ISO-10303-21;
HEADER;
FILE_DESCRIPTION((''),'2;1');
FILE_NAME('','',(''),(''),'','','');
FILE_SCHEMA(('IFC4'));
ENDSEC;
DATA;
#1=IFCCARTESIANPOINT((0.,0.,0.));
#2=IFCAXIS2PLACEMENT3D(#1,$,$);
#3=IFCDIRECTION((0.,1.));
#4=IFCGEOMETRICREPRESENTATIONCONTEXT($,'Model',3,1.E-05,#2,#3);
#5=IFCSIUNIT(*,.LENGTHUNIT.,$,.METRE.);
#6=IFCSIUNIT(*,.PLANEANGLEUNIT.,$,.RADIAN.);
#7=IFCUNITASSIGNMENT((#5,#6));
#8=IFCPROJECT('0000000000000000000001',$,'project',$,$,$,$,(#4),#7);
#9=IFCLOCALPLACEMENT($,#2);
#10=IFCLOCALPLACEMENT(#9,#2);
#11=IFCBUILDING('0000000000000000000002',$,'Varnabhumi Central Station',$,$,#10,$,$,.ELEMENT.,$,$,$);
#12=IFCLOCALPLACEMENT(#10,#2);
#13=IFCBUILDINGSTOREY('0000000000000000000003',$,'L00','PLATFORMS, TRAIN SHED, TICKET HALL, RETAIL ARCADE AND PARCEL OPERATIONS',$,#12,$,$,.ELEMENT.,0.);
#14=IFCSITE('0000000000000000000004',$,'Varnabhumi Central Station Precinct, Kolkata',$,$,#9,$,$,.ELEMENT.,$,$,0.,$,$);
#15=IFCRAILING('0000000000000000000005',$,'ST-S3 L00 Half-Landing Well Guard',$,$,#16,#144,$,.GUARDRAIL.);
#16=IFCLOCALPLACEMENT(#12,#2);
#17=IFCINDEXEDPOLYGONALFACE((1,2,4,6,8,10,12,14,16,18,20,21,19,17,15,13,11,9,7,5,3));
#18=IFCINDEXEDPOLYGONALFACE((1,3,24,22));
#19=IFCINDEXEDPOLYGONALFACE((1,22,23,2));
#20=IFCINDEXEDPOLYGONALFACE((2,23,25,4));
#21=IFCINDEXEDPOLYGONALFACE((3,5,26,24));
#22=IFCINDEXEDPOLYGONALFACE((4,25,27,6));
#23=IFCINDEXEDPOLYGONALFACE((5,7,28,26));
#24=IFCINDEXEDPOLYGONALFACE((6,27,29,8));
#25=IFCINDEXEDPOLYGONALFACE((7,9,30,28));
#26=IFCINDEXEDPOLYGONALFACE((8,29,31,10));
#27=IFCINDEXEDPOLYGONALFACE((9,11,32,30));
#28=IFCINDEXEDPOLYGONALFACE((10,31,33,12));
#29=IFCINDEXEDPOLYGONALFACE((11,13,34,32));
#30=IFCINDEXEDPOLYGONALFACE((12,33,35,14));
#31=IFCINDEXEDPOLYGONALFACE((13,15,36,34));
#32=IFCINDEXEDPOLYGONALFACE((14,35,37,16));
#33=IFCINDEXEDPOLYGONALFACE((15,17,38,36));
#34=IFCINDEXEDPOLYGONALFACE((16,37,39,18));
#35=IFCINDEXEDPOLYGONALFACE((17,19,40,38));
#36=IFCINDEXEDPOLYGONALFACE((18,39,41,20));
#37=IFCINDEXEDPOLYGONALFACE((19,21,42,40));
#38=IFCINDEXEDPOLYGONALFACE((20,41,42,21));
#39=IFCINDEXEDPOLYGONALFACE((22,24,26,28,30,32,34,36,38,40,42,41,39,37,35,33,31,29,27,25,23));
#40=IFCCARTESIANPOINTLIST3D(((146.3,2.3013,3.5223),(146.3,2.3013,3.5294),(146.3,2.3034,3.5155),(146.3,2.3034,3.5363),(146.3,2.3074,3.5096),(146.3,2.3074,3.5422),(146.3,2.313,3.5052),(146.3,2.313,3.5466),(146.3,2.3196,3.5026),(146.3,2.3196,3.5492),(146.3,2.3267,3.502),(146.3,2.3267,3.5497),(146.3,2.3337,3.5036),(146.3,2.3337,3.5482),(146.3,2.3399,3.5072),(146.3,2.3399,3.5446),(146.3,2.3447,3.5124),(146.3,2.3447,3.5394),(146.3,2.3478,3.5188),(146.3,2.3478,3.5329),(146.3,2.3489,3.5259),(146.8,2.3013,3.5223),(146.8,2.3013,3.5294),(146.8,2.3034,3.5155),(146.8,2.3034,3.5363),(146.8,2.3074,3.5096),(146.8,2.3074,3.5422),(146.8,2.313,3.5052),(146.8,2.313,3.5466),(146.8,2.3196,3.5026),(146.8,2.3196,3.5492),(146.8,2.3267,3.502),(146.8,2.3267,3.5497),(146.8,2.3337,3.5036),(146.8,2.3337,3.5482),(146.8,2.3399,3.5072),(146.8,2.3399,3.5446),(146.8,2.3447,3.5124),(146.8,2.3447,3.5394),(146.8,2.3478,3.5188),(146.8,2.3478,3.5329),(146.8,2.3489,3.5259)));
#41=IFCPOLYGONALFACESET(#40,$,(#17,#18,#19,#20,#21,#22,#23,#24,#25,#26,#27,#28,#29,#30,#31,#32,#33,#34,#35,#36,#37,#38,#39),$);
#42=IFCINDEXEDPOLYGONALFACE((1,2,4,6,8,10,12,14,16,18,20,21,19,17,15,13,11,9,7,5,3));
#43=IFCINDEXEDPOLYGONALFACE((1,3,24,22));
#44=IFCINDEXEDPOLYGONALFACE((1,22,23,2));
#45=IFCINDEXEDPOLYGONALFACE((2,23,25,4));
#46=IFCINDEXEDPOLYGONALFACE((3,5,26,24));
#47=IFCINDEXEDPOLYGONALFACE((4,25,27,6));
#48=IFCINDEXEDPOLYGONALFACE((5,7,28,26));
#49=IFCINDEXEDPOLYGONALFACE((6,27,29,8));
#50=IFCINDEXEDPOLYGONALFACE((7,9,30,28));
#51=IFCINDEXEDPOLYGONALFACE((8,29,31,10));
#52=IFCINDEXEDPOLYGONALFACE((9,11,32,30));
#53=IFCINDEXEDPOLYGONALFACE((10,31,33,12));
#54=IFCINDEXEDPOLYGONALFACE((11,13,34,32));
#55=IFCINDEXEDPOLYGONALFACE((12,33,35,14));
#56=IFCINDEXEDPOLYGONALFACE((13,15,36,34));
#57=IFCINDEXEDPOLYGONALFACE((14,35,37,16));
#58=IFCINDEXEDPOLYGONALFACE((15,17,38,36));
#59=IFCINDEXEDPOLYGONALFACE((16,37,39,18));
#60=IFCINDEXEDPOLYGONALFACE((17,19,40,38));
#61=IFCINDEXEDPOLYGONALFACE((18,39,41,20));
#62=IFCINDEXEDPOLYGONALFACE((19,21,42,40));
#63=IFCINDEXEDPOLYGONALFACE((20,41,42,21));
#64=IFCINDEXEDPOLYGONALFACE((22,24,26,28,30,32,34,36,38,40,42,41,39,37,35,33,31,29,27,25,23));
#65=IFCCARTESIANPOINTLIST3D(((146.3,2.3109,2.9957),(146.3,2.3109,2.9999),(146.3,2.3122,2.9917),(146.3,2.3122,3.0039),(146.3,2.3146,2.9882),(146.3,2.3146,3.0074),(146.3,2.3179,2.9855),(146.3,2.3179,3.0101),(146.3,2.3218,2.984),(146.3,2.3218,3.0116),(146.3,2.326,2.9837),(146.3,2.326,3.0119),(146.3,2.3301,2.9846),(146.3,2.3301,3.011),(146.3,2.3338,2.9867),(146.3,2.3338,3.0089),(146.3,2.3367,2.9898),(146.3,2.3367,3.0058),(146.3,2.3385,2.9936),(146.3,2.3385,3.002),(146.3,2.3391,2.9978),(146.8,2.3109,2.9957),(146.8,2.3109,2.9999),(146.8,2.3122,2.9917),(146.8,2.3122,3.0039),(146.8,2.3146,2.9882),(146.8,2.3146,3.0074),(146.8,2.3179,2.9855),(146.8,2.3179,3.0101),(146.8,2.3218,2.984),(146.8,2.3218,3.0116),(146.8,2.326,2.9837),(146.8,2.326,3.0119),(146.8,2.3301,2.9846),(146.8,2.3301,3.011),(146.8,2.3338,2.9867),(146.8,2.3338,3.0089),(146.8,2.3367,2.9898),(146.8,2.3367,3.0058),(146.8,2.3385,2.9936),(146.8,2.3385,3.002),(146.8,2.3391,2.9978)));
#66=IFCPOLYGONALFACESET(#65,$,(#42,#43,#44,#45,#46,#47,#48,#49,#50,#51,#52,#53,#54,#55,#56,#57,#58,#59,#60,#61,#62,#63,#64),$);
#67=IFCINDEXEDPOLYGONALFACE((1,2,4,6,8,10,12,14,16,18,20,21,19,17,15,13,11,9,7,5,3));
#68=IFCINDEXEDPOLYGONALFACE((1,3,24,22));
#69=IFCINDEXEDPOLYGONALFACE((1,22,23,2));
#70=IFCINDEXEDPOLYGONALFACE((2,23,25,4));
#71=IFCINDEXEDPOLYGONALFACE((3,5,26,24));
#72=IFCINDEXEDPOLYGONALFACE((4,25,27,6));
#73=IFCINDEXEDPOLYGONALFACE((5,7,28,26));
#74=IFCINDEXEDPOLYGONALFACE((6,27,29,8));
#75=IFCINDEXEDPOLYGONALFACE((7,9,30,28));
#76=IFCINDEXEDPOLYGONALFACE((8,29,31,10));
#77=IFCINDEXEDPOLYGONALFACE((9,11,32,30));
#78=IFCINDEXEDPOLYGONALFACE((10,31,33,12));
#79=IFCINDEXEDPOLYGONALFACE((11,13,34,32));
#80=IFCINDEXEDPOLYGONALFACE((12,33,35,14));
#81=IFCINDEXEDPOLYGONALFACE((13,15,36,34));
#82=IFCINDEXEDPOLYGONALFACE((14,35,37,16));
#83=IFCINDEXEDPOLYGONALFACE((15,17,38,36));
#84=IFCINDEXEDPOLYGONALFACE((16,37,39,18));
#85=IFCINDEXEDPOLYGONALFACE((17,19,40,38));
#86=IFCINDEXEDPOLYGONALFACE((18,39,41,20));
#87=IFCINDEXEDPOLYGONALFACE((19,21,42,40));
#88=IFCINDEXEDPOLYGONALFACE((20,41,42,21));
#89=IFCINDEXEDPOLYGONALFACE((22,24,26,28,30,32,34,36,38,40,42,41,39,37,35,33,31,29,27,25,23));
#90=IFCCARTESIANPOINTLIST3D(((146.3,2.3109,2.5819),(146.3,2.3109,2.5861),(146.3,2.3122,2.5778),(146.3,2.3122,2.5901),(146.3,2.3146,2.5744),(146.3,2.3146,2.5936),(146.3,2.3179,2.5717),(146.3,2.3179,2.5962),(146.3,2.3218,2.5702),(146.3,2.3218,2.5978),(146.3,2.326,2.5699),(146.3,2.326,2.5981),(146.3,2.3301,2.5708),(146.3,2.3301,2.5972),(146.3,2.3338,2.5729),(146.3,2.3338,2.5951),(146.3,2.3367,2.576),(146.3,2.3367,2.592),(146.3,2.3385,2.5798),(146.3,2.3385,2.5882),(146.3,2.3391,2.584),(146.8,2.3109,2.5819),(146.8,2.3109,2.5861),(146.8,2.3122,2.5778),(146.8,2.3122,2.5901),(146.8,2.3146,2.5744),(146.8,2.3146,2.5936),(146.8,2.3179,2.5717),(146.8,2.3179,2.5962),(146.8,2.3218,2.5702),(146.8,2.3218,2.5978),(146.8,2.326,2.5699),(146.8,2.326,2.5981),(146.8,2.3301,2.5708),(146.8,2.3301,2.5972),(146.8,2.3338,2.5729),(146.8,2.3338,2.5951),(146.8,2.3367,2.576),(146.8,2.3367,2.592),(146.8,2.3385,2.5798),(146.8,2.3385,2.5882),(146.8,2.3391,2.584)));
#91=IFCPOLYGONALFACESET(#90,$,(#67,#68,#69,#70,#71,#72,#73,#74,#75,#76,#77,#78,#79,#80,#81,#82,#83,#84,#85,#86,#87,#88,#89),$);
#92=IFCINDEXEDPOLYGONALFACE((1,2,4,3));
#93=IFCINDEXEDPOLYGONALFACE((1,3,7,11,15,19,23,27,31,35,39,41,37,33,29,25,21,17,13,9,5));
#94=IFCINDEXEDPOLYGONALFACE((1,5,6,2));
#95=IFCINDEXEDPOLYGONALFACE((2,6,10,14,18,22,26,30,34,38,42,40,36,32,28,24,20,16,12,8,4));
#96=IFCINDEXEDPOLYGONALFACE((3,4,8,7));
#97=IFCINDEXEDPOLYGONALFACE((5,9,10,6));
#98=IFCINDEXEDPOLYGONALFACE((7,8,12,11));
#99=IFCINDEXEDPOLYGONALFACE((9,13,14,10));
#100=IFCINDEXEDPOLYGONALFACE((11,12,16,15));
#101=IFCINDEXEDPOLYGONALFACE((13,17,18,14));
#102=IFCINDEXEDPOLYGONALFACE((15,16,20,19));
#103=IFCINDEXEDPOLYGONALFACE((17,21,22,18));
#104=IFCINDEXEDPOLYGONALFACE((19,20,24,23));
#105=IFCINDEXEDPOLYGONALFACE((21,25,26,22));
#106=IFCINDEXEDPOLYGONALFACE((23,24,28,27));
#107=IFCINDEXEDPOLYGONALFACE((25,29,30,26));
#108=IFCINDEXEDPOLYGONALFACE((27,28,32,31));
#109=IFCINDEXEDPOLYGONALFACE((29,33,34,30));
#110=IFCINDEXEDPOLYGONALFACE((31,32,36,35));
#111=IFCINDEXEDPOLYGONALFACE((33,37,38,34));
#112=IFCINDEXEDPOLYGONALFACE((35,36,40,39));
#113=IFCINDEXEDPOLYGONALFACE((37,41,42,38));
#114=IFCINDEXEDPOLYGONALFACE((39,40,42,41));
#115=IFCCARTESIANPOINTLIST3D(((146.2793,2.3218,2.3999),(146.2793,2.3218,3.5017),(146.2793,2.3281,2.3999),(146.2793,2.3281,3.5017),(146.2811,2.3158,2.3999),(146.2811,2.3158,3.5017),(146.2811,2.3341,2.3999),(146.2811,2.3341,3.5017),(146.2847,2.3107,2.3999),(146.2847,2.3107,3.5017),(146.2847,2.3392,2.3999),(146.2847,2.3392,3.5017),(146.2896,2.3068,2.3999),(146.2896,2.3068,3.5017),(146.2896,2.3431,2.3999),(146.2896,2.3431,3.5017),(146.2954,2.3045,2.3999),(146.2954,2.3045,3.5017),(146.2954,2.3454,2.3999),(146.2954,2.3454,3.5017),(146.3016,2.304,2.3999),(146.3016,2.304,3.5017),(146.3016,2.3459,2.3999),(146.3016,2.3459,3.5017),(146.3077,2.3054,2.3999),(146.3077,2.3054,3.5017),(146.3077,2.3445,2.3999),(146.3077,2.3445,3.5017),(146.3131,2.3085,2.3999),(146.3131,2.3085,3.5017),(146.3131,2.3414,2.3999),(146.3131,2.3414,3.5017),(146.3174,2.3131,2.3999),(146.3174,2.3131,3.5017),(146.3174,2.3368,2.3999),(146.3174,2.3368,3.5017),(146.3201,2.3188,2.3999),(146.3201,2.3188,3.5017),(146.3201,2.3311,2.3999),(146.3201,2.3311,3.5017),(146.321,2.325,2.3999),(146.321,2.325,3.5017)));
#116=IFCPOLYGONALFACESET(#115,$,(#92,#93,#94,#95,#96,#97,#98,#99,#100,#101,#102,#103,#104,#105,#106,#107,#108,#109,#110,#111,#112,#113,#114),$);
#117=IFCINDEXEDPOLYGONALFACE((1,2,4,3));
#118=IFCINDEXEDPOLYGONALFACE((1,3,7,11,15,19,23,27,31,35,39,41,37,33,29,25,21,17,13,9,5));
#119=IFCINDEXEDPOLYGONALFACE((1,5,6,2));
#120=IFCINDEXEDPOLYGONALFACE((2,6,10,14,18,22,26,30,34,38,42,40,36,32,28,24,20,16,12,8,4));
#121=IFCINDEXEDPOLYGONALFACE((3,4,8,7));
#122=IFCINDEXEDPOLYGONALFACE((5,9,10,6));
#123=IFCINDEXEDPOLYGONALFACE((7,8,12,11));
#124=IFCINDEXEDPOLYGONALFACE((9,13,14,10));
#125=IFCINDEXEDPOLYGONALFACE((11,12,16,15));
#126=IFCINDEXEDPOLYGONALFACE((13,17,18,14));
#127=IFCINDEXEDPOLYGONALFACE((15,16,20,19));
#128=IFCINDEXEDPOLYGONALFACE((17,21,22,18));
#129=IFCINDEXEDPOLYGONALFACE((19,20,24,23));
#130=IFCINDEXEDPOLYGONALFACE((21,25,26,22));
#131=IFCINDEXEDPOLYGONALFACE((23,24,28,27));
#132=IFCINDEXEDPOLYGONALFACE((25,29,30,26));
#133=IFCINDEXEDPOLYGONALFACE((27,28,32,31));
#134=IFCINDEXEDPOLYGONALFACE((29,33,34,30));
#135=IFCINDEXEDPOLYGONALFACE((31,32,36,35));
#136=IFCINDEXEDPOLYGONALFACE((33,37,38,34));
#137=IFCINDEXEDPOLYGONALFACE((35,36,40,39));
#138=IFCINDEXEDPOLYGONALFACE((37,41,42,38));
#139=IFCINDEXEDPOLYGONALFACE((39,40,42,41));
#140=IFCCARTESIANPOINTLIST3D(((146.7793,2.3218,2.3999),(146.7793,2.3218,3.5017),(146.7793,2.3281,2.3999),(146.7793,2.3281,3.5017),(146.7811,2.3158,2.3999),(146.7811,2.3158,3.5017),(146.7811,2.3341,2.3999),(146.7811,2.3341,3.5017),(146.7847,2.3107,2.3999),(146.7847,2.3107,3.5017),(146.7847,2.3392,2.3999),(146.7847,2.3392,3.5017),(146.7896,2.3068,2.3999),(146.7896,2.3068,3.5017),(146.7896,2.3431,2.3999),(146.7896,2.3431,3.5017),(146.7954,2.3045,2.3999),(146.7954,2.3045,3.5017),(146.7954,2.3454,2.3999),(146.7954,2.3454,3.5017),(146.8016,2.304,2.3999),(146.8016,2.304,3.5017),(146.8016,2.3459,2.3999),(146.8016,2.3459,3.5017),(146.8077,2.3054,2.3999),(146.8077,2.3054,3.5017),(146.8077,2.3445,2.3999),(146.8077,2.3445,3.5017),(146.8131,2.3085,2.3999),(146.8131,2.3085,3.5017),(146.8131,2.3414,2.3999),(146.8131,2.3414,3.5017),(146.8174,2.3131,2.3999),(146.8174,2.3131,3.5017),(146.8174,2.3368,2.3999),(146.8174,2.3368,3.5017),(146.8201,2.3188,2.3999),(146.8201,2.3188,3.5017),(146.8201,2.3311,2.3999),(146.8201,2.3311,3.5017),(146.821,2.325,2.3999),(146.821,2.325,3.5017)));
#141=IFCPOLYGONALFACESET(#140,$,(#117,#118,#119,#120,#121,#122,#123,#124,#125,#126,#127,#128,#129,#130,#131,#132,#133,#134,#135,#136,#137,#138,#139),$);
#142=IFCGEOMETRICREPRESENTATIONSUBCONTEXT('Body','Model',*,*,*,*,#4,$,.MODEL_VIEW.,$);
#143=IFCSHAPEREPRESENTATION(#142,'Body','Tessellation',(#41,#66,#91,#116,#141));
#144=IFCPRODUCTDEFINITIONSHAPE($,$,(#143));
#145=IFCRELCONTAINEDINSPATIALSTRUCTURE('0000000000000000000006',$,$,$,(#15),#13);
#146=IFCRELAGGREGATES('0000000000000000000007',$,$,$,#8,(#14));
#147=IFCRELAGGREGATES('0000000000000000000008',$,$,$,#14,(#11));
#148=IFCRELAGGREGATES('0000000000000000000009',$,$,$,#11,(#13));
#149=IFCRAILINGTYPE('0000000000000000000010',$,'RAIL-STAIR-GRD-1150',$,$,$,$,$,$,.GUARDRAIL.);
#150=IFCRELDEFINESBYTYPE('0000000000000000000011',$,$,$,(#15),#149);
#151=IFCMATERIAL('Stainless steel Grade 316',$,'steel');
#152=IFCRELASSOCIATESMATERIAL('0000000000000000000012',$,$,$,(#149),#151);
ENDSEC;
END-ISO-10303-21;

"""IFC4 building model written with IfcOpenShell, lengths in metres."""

from ifc_helpers import new_model, si_unit, direction, frame, origin, origin_2d, place, context, subcontext, project, spatial, circle, extrude, material, type_object, element, save


model = new_model("IFC4")

# Units and contexts
model_context = context("Model", 3, precision=1e-05, world=origin(), true_north=direction((0.0, 1.0)))
body_context = subcontext(model_context, "Body", "Model", "MODEL_VIEW")
ifc_project = project(units=[si_unit("LENGTHUNIT", "METRE"), si_unit("PLANEANGLEUNIT", "RADIAN")], contexts=[model_context])

# Site, building, storey
site_placement = place(None, origin())
site = spatial("IfcSite", under=ifc_project, at=site_placement, Name="Varnabhumi Central Station Precinct, Kolkata", CompositionType="ELEMENT", RefElevation=0.0)
building_placement = place(site_placement, origin())
building = spatial("IfcBuilding", under=site, at=building_placement, Name="Varnabhumi Central Station", CompositionType="ELEMENT")
storey_placement = place(building_placement, origin())
storey = spatial("IfcBuildingStorey", under=building, at=storey_placement, Name="L00", Description="PLATFORMS, TRAIN SHED, TICKET HALL, RETAIL ARCADE AND PARCEL OPERATIONS", CompositionType="ELEMENT", Elevation=0.0)

# Shared definitions
ifc_material_1 = material(Name="Stainless steel Grade 316", Category="steel")

# Railing
railing_type_1 = type_object("IfcRailingType", Name="RAIL-STAIR-GRD-1150", PredefinedType="GUARDRAIL", material=ifc_material_1)
for number, where, name in (
    (1, (146.3, 2.325, 2.3999), "ST-S3 L00 Half-Landing Well Guard"),
):
    element("IfcRailing", number, at=place(storey_placement, frame(where)), inside=storey, type_object=railing_type_1, Name=name, PredefinedType="GUARDRAIL", context=body_context, shape_type="SweptSolid", body=[
        extrude(circle(Radius=0.0239, at=origin_2d()), frame((0.0, 0.0, 1.126), z_axis=(1.0, 0.0, 0.0), x_axis=(0.0, 1.0, 0.0)), (0.0, 0.0, 1.0), 0.5),
        extrude(circle(Radius=0.0142, at=origin_2d()), frame((0.0, 0.0, 0.5979), z_axis=(1.0, 0.0, 0.0), x_axis=(0.0, 1.0, 0.0)), (0.0, 0.0, 1.0), 0.5),
        extrude(circle(Radius=0.0142, at=origin_2d()), frame((0.0, 0.0, 0.1841), z_axis=(1.0, 0.0, 0.0), x_axis=(0.0, 1.0, 0.0)), (0.0, 0.0, 1.0), 0.5),
        extrude(circle(Radius=0.021, at=origin_2d()), origin(), (0.0, 0.0, 1.0), 1.1018),
        extrude(circle(Radius=0.021, at=origin_2d()), frame((0.5, 0.0, 0.0)), (0.0, 0.0, 1.0), 1.1018),
    ])

save(model, "model.ifc")
